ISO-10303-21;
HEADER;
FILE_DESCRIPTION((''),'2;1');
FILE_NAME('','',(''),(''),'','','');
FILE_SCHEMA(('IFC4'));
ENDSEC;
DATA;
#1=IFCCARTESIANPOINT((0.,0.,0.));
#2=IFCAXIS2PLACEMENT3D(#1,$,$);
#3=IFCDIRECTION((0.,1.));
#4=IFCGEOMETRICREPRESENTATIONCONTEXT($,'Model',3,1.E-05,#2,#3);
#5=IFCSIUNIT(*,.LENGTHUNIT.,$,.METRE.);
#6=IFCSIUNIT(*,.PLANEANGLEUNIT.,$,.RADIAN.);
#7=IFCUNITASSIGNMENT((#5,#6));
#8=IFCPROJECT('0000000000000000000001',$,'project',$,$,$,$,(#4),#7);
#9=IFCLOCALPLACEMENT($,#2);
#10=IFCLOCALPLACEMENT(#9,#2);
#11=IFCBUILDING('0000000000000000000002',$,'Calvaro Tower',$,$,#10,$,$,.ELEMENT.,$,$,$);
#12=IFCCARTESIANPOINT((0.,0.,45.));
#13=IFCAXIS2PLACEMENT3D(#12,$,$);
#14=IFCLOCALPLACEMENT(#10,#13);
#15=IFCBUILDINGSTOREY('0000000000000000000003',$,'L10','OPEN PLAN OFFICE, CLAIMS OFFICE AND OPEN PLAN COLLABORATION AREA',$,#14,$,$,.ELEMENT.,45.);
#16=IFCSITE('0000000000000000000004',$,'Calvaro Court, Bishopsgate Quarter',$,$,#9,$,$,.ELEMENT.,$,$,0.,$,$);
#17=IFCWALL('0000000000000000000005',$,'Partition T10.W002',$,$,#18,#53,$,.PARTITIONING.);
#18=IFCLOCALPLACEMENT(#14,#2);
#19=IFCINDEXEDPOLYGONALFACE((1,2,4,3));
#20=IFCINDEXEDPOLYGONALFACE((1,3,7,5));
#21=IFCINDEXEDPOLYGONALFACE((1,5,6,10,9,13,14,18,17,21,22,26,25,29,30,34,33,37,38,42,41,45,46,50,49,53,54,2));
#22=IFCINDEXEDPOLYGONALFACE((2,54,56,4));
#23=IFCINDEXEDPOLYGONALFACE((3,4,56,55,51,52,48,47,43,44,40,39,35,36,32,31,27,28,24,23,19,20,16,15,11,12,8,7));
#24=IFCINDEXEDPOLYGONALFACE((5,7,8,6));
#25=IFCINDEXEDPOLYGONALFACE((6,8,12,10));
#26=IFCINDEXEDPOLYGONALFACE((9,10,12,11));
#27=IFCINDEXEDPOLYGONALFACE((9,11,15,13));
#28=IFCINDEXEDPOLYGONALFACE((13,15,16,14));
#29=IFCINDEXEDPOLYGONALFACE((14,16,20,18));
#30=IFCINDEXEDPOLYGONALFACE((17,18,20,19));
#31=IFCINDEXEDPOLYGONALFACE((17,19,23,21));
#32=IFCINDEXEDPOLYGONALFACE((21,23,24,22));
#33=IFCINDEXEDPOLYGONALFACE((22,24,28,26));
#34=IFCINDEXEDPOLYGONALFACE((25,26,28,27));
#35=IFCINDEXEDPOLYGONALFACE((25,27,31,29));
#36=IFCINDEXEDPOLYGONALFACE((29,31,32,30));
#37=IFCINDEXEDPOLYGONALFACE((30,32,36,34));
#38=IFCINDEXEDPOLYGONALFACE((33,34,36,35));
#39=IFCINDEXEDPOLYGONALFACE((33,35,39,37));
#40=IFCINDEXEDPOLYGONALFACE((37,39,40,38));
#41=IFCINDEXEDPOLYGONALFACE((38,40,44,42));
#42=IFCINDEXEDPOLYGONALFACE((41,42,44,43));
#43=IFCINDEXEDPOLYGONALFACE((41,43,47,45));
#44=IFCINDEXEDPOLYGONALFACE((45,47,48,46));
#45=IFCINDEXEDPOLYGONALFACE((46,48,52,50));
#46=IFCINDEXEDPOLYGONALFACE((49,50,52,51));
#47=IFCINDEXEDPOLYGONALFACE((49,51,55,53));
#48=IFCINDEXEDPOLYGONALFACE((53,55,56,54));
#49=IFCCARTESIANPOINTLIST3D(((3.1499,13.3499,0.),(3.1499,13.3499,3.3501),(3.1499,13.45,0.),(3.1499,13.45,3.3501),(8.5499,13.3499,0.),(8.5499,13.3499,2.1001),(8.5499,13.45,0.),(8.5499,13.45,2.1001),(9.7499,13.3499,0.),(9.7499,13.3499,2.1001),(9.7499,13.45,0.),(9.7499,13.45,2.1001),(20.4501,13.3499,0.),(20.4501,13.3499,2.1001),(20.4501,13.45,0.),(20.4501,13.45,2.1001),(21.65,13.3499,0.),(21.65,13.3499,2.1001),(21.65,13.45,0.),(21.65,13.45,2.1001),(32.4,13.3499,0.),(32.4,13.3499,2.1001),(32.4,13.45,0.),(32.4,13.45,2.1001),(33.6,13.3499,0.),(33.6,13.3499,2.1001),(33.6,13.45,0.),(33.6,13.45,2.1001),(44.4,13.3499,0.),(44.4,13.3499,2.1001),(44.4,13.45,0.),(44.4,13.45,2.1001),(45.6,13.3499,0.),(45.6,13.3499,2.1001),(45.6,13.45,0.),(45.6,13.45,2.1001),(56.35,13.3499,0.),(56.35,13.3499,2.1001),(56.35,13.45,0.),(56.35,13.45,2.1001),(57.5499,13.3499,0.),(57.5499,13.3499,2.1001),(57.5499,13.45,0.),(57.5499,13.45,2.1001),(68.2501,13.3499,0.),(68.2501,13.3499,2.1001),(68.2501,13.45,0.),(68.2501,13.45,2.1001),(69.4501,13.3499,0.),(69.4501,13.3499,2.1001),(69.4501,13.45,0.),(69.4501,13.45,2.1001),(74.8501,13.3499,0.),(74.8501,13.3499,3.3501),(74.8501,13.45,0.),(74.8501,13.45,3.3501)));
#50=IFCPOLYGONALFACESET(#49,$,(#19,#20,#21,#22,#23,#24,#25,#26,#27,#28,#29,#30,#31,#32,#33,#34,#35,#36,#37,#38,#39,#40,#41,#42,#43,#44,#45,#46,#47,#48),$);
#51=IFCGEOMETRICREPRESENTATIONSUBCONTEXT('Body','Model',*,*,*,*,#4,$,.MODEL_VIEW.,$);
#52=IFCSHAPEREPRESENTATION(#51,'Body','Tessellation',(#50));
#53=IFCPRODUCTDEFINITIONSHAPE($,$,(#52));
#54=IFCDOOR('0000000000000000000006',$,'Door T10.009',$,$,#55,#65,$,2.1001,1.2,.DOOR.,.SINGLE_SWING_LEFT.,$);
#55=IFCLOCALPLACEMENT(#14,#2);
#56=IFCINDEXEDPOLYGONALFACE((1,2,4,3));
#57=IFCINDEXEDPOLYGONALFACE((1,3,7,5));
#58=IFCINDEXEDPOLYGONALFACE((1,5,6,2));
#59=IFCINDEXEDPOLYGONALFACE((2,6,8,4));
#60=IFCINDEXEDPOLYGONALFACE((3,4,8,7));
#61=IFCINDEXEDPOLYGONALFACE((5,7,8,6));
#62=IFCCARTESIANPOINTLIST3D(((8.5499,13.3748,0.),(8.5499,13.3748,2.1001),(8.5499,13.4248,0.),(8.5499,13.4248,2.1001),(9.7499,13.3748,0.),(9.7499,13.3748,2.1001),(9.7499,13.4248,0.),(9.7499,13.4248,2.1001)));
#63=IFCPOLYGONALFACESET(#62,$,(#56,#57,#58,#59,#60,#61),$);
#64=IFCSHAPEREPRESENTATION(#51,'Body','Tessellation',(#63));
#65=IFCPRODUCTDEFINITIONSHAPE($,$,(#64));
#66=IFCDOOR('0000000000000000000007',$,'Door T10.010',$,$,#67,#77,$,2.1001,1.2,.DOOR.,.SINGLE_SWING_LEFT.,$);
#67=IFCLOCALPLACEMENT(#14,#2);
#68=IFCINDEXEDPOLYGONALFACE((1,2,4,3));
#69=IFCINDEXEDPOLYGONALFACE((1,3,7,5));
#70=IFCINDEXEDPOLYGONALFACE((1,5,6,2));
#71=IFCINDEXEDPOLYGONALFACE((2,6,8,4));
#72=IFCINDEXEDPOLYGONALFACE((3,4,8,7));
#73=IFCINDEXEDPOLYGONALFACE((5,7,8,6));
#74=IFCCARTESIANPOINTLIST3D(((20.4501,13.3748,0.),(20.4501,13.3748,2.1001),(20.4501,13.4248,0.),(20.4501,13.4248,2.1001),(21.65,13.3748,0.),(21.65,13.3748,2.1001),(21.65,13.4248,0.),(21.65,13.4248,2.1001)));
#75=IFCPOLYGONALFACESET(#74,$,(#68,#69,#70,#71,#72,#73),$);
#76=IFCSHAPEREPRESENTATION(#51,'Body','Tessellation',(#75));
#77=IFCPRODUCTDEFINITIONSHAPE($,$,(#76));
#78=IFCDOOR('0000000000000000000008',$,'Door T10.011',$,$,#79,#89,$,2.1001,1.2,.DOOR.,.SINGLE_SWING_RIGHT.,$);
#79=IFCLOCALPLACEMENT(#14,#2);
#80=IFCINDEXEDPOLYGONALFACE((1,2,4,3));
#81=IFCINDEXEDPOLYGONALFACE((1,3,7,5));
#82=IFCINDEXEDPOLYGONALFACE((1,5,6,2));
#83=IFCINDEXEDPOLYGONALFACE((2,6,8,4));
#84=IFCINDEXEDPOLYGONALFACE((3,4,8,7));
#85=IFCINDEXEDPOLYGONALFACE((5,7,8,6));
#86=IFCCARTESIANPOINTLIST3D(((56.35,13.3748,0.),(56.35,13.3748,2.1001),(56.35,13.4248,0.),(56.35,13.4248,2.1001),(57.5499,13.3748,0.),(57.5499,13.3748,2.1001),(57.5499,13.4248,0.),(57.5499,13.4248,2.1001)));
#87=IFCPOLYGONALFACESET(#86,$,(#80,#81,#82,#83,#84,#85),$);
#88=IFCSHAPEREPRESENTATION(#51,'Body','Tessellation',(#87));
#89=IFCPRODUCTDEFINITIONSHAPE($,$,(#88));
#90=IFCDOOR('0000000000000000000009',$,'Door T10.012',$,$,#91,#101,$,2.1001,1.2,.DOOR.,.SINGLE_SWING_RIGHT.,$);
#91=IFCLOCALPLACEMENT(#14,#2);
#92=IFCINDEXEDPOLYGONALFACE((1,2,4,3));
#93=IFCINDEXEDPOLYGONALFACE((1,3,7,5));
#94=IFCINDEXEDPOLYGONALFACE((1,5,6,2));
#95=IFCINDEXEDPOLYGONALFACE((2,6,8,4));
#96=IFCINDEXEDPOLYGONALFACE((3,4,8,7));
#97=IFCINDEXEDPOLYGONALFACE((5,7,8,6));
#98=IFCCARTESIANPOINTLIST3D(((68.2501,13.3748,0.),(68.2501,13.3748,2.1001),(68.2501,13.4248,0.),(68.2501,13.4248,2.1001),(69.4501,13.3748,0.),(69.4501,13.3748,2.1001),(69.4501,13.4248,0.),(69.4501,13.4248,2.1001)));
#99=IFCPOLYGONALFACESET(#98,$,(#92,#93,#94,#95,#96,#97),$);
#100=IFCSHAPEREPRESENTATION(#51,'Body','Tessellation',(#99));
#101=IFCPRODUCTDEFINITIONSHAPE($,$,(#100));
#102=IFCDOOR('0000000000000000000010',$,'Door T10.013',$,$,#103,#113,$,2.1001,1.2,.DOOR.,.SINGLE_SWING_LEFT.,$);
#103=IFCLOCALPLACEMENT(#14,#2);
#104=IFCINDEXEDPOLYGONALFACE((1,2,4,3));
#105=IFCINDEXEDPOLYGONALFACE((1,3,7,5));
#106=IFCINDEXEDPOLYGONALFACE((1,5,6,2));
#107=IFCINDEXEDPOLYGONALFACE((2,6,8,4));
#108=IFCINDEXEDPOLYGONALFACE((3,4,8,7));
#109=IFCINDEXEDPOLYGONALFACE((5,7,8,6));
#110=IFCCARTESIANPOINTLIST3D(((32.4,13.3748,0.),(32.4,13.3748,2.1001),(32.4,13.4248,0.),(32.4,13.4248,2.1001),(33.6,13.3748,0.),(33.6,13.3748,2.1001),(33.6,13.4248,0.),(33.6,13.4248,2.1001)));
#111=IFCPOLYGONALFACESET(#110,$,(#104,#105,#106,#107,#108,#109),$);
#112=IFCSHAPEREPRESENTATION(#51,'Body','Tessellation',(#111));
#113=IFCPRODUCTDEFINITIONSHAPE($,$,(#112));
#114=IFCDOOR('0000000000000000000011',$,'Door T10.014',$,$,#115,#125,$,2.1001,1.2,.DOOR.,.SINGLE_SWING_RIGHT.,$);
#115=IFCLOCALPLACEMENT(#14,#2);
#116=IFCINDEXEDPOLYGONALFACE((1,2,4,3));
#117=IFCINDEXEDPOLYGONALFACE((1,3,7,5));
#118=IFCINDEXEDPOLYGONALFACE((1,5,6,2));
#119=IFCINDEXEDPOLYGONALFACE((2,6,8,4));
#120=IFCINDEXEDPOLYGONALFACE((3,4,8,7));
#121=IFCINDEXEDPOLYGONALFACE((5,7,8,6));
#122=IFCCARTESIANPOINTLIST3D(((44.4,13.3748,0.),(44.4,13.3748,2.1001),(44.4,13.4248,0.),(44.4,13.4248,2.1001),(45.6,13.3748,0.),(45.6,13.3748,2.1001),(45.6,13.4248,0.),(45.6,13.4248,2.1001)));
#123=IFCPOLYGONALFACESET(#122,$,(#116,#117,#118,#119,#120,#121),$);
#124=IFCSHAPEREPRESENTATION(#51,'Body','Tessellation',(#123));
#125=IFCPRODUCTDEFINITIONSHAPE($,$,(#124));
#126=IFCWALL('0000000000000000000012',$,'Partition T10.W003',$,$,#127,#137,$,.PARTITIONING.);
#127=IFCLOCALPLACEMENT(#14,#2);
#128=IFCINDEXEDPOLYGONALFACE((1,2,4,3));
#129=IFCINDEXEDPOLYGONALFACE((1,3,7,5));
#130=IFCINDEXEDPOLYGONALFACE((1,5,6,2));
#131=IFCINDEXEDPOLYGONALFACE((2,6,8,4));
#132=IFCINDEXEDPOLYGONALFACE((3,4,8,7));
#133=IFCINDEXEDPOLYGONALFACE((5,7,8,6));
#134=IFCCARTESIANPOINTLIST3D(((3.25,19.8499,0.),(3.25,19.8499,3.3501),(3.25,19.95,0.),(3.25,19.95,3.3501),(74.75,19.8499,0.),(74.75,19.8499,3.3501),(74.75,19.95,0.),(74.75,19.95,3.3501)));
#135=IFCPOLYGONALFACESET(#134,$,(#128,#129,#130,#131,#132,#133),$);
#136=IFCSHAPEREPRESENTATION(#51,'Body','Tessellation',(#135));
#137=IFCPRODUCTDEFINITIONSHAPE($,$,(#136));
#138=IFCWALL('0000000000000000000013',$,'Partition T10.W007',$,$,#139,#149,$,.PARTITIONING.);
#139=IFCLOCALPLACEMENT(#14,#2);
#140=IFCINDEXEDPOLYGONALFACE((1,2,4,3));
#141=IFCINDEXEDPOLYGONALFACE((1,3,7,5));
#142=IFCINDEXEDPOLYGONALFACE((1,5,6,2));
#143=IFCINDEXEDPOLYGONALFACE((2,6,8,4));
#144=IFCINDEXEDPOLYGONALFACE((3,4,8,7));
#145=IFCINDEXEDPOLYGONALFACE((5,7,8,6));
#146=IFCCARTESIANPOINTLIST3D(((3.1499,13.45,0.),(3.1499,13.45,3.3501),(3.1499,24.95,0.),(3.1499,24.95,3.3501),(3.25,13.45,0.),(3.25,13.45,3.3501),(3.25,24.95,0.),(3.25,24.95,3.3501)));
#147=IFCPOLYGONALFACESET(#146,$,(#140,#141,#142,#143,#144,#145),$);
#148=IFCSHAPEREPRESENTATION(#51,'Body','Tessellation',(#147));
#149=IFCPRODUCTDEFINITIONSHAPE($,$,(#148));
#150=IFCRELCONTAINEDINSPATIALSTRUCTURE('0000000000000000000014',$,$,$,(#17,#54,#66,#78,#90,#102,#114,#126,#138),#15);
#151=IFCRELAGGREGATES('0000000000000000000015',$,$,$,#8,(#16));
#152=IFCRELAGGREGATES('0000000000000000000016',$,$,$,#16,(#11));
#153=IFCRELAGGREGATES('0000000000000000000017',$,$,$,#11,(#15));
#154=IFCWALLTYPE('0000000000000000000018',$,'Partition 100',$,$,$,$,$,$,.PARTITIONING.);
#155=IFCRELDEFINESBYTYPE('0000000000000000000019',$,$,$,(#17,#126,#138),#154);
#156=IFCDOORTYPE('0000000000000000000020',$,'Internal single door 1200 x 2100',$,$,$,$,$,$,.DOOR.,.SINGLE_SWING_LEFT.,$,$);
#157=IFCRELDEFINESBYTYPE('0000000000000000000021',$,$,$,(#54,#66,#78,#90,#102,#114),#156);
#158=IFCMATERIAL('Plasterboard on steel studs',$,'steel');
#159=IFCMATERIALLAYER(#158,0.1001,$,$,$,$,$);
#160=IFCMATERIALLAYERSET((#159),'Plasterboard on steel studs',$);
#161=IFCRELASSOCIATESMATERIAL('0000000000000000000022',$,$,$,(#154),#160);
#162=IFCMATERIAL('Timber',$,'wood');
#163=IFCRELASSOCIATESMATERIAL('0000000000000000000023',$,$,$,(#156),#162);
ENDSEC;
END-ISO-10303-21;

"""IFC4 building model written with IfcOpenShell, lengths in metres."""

from ifc_helpers import new_model, si_unit, direction, frame, frame_2d, origin, place, context, subcontext, project, spatial, rectangle, extrude, material, layer, layer_set, type_object, element, fill, save


model = new_model("IFC4")

# Units and contexts
model_context = context("Model", 3, precision=1e-05, world=origin(), true_north=direction((0.0, 1.0)))
body_context = subcontext(model_context, "Body", "Model", "MODEL_VIEW")
ifc_project = project(units=[si_unit("LENGTHUNIT", "METRE"), si_unit("PLANEANGLEUNIT", "RADIAN")], contexts=[model_context])

# Site, building, storey
site_placement = place(None, origin())
site = spatial("IfcSite", under=ifc_project, at=site_placement, Name="Calvaro Court, Bishopsgate Quarter", CompositionType="ELEMENT", RefElevation=0.0)
building_placement = place(site_placement, origin())
building = spatial("IfcBuilding", under=site, at=building_placement, Name="Calvaro Tower", CompositionType="ELEMENT")
storey_placement = place(building_placement, frame((0.0, 0.0, 45.0)))
storey = spatial("IfcBuildingStorey", under=building, at=storey_placement, Name="L10", Description="OPEN PLAN OFFICE, CLAIMS OFFICE AND OPEN PLAN COLLABORATION AREA", CompositionType="ELEMENT", Elevation=45.0)

# Wall, openings, doors
ifc_material_1 = material(Name="Plasterboard on steel studs", Category="steel")
ifc_layer = layer(ifc_material_1, 0.1001)
ifc_layer_set = layer_set([ifc_layer], Name="Plasterboard on steel studs")
wall_type = type_object("IfcWallType", Name="Partition 100", PredefinedType="PARTITIONING", material=ifc_layer_set)
wall_1_placement = place(storey_placement, frame((3.1499, 13.3999, 0.0), z_axis=(0.0, 0.0, 1.0), x_axis=(1.0, 0.0, 0.0)))
wall_1 = element("IfcWall", 1, at=wall_1_placement, inside=storey, type_object=wall_type, Name="Partition T10.W002", PredefinedType="PARTITIONING", context=body_context, shape_type="SweptSolid", body=[
    extrude(rectangle(XDim=71.7002, YDim=0.1001, at=frame_2d((35.8501, 0.0))), origin(), (0.0, 0.0, 1.0), 3.3501),
])
opening_1_placement = place(wall_1_placement, frame((5.3999, 0.0, 0.0)))
opening_1 = element("IfcOpeningElement", 2, at=opening_1_placement, cuts=wall_1, PredefinedType="OPENING", context=body_context, shape_type="SweptSolid", body=[
    extrude(rectangle(XDim=1.2, YDim=2.1001, at=frame_2d((0.6001, 1.05))), frame((0.0, 0.0601, 0.0), z_axis=(0.0, -1.0, 0.0), x_axis=(1.0, 0.0, 0.0)), (0.0, 0.0, 1.0), 0.1201),
])
opening_2_placement = place(wall_1_placement, frame((17.3, 0.0, 0.0)))
opening_2 = element("IfcOpeningElement", 3, at=opening_2_placement, cuts=wall_1, PredefinedType="OPENING", context=body_context, shape_type="SweptSolid", body=[
    extrude(rectangle(XDim=1.2, YDim=2.1001, at=frame_2d((0.6001, 1.05))), frame((0.0, 0.0601, 0.0), z_axis=(0.0, -1.0, 0.0), x_axis=(1.0, 0.0, 0.0)), (0.0, 0.0, 1.0), 0.1201),
])
opening_3_placement = place(wall_1_placement, frame((53.2, 0.0, 0.0)))
opening_3 = element("IfcOpeningElement", 4, at=opening_3_placement, cuts=wall_1, PredefinedType="OPENING", context=body_context, shape_type="SweptSolid", body=[
    extrude(rectangle(XDim=1.2, YDim=2.1001, at=frame_2d((0.6001, 1.05))), frame((0.0, 0.0601, 0.0), z_axis=(0.0, -1.0, 0.0), x_axis=(1.0, 0.0, 0.0)), (0.0, 0.0, 1.0), 0.1201),
])
opening_4_placement = place(wall_1_placement, frame((65.1001, 0.0, 0.0)))
opening_4 = element("IfcOpeningElement", 5, at=opening_4_placement, cuts=wall_1, PredefinedType="OPENING", context=body_context, shape_type="SweptSolid", body=[
    extrude(rectangle(XDim=1.2, YDim=2.1001, at=frame_2d((0.6001, 1.05))), frame((0.0, 0.0601, 0.0), z_axis=(0.0, -1.0, 0.0), x_axis=(1.0, 0.0, 0.0)), (0.0, 0.0, 1.0), 0.1201),
])
opening_5_placement = place(wall_1_placement, frame((29.25, 0.0, 0.0)))
opening_5 = element("IfcOpeningElement", 6, at=opening_5_placement, cuts=wall_1, PredefinedType="OPENING", context=body_context, shape_type="SweptSolid", body=[
    extrude(rectangle(XDim=1.2, YDim=2.1001, at=frame_2d((0.6001, 1.05))), frame((0.0, 0.0601, 0.0), z_axis=(0.0, -1.0, 0.0), x_axis=(1.0, 0.0, 0.0)), (0.0, 0.0, 1.0), 0.1201),
])
opening_6_placement = place(wall_1_placement, frame((41.25, 0.0, 0.0)))
opening_6 = element("IfcOpeningElement", 7, at=opening_6_placement, cuts=wall_1, PredefinedType="OPENING", context=body_context, shape_type="SweptSolid", body=[
    extrude(rectangle(XDim=1.2, YDim=2.1001, at=frame_2d((0.6001, 1.05))), frame((0.0, 0.0601, 0.0), z_axis=(0.0, -1.0, 0.0), x_axis=(1.0, 0.0, 0.0)), (0.0, 0.0, 1.0), 0.1201),
])
ifc_material_2 = material(Name="Timber", Category="wood")
door_type_1 = type_object("IfcDoorType", Name="Internal single door 1200 x 2100", OperationType="SINGLE_SWING_LEFT", PredefinedType="DOOR", material=ifc_material_2)
door_1_placement = place(opening_1_placement, origin())
door_1 = element("IfcDoor", 8, at=door_1_placement, inside=storey, type_object=door_type_1, Name="Door T10.009", OperationType="SINGLE_SWING_LEFT", OverallHeight=2.1001, OverallWidth=1.2, PredefinedType="DOOR", context=body_context, shape_type="SweptSolid", body=[
    extrude(rectangle(XDim=1.2, YDim=2.1001, at=frame_2d((0.6001, 1.05))), frame((0.0, 0.0249, 0.0), z_axis=(0.0, -1.0, 0.0), x_axis=(1.0, 0.0, 0.0)), (0.0, 0.0, 1.0), 0.05),
])
fill(opening_1, door_1)
door_2_placement = place(opening_2_placement, origin())
door_2 = element("IfcDoor", 9, at=door_2_placement, inside=storey, type_object=door_type_1, Name="Door T10.010", OperationType="SINGLE_SWING_LEFT", OverallHeight=2.1001, OverallWidth=1.2, PredefinedType="DOOR", context=body_context, shape_type="SweptSolid", body=[
    extrude(rectangle(XDim=1.2, YDim=2.1001, at=frame_2d((0.6001, 1.05))), frame((0.0, 0.0249, 0.0), z_axis=(0.0, -1.0, 0.0), x_axis=(1.0, 0.0, 0.0)), (0.0, 0.0, 1.0), 0.05),
])
fill(opening_2, door_2)
door_3_placement = place(opening_3_placement, origin())
door_3 = element("IfcDoor", 10, at=door_3_placement, inside=storey, type_object=door_type_1, Name="Door T10.011", OperationType="SINGLE_SWING_RIGHT", OverallHeight=2.1001, OverallWidth=1.2, PredefinedType="DOOR", context=body_context, shape_type="SweptSolid", body=[
    extrude(rectangle(XDim=1.2, YDim=2.1001, at=frame_2d((0.6001, 1.05))), frame((0.0, 0.0249, 0.0), z_axis=(0.0, -1.0, 0.0), x_axis=(1.0, 0.0, 0.0)), (0.0, 0.0, 1.0), 0.05),
])
fill(opening_3, door_3)
door_4_placement = place(opening_4_placement, origin())
door_4 = element("IfcDoor", 11, at=door_4_placement, inside=storey, type_object=door_type_1, Name="Door T10.012", OperationType="SINGLE_SWING_RIGHT", OverallHeight=2.1001, OverallWidth=1.2, PredefinedType="DOOR", context=body_context, shape_type="SweptSolid", body=[
    extrude(rectangle(XDim=1.2, YDim=2.1001, at=frame_2d((0.6001, 1.05))), frame((0.0, 0.0249, 0.0), z_axis=(0.0, -1.0, 0.0), x_axis=(1.0, 0.0, 0.0)), (0.0, 0.0, 1.0), 0.05),
])
fill(opening_4, door_4)
door_5_placement = place(opening_5_placement, origin())
door_5 = element("IfcDoor", 12, at=door_5_placement, inside=storey, type_object=door_type_1, Name="Door T10.013", OperationType="SINGLE_SWING_LEFT", OverallHeight=2.1001, OverallWidth=1.2, PredefinedType="DOOR", context=body_context, shape_type="SweptSolid", body=[
    extrude(rectangle(XDim=1.2, YDim=2.1001, at=frame_2d((0.6001, 1.05))), frame((0.0, 0.0249, 0.0), z_axis=(0.0, -1.0, 0.0), x_axis=(1.0, 0.0, 0.0)), (0.0, 0.0, 1.0), 0.05),
])
fill(opening_5, door_5)
door_6_placement = place(opening_6_placement, origin())
door_6 = element("IfcDoor", 13, at=door_6_placement, inside=storey, type_object=door_type_1, Name="Door T10.014", OperationType="SINGLE_SWING_RIGHT", OverallHeight=2.1001, OverallWidth=1.2, PredefinedType="DOOR", context=body_context, shape_type="SweptSolid", body=[
    extrude(rectangle(XDim=1.2, YDim=2.1001, at=frame_2d((0.6001, 1.05))), frame((0.0, 0.0249, 0.0), z_axis=(0.0, -1.0, 0.0), x_axis=(1.0, 0.0, 0.0)), (0.0, 0.0, 1.0), 0.05),
])
fill(opening_6, door_6)

# Walls
wall_2_placement = place(storey_placement, frame((3.25, 19.8999, 0.0), z_axis=(0.0, 0.0, 1.0), x_axis=(1.0, 0.0, 0.0)))
element("IfcWall", 14, at=wall_2_placement, inside=storey, type_object=wall_type, Name="Partition T10.W003", PredefinedType="PARTITIONING", context=body_context, shape_type="SweptSolid", body=[
    extrude(rectangle(XDim=71.5, YDim=0.1001, at=frame_2d((35.75, 0.0))), origin(), (0.0, 0.0, 1.0), 3.3501),
])
wall_3_placement = place(storey_placement, frame((3.2, 13.45, 0.0), z_axis=(0.0, 0.0, 1.0), x_axis=(0.0, 1.0, 0.0)))
element("IfcWall", 15, at=wall_3_placement, inside=storey, type_object=wall_type, Name="Partition T10.W007", PredefinedType="PARTITIONING", context=body_context, shape_type="SweptSolid", body=[
    extrude(rectangle(XDim=11.5, YDim=0.1001, at=frame_2d((5.75, 0.0))), origin(), (0.0, 0.0, 1.0), 3.3501),
])

save(model, "model.ifc")
